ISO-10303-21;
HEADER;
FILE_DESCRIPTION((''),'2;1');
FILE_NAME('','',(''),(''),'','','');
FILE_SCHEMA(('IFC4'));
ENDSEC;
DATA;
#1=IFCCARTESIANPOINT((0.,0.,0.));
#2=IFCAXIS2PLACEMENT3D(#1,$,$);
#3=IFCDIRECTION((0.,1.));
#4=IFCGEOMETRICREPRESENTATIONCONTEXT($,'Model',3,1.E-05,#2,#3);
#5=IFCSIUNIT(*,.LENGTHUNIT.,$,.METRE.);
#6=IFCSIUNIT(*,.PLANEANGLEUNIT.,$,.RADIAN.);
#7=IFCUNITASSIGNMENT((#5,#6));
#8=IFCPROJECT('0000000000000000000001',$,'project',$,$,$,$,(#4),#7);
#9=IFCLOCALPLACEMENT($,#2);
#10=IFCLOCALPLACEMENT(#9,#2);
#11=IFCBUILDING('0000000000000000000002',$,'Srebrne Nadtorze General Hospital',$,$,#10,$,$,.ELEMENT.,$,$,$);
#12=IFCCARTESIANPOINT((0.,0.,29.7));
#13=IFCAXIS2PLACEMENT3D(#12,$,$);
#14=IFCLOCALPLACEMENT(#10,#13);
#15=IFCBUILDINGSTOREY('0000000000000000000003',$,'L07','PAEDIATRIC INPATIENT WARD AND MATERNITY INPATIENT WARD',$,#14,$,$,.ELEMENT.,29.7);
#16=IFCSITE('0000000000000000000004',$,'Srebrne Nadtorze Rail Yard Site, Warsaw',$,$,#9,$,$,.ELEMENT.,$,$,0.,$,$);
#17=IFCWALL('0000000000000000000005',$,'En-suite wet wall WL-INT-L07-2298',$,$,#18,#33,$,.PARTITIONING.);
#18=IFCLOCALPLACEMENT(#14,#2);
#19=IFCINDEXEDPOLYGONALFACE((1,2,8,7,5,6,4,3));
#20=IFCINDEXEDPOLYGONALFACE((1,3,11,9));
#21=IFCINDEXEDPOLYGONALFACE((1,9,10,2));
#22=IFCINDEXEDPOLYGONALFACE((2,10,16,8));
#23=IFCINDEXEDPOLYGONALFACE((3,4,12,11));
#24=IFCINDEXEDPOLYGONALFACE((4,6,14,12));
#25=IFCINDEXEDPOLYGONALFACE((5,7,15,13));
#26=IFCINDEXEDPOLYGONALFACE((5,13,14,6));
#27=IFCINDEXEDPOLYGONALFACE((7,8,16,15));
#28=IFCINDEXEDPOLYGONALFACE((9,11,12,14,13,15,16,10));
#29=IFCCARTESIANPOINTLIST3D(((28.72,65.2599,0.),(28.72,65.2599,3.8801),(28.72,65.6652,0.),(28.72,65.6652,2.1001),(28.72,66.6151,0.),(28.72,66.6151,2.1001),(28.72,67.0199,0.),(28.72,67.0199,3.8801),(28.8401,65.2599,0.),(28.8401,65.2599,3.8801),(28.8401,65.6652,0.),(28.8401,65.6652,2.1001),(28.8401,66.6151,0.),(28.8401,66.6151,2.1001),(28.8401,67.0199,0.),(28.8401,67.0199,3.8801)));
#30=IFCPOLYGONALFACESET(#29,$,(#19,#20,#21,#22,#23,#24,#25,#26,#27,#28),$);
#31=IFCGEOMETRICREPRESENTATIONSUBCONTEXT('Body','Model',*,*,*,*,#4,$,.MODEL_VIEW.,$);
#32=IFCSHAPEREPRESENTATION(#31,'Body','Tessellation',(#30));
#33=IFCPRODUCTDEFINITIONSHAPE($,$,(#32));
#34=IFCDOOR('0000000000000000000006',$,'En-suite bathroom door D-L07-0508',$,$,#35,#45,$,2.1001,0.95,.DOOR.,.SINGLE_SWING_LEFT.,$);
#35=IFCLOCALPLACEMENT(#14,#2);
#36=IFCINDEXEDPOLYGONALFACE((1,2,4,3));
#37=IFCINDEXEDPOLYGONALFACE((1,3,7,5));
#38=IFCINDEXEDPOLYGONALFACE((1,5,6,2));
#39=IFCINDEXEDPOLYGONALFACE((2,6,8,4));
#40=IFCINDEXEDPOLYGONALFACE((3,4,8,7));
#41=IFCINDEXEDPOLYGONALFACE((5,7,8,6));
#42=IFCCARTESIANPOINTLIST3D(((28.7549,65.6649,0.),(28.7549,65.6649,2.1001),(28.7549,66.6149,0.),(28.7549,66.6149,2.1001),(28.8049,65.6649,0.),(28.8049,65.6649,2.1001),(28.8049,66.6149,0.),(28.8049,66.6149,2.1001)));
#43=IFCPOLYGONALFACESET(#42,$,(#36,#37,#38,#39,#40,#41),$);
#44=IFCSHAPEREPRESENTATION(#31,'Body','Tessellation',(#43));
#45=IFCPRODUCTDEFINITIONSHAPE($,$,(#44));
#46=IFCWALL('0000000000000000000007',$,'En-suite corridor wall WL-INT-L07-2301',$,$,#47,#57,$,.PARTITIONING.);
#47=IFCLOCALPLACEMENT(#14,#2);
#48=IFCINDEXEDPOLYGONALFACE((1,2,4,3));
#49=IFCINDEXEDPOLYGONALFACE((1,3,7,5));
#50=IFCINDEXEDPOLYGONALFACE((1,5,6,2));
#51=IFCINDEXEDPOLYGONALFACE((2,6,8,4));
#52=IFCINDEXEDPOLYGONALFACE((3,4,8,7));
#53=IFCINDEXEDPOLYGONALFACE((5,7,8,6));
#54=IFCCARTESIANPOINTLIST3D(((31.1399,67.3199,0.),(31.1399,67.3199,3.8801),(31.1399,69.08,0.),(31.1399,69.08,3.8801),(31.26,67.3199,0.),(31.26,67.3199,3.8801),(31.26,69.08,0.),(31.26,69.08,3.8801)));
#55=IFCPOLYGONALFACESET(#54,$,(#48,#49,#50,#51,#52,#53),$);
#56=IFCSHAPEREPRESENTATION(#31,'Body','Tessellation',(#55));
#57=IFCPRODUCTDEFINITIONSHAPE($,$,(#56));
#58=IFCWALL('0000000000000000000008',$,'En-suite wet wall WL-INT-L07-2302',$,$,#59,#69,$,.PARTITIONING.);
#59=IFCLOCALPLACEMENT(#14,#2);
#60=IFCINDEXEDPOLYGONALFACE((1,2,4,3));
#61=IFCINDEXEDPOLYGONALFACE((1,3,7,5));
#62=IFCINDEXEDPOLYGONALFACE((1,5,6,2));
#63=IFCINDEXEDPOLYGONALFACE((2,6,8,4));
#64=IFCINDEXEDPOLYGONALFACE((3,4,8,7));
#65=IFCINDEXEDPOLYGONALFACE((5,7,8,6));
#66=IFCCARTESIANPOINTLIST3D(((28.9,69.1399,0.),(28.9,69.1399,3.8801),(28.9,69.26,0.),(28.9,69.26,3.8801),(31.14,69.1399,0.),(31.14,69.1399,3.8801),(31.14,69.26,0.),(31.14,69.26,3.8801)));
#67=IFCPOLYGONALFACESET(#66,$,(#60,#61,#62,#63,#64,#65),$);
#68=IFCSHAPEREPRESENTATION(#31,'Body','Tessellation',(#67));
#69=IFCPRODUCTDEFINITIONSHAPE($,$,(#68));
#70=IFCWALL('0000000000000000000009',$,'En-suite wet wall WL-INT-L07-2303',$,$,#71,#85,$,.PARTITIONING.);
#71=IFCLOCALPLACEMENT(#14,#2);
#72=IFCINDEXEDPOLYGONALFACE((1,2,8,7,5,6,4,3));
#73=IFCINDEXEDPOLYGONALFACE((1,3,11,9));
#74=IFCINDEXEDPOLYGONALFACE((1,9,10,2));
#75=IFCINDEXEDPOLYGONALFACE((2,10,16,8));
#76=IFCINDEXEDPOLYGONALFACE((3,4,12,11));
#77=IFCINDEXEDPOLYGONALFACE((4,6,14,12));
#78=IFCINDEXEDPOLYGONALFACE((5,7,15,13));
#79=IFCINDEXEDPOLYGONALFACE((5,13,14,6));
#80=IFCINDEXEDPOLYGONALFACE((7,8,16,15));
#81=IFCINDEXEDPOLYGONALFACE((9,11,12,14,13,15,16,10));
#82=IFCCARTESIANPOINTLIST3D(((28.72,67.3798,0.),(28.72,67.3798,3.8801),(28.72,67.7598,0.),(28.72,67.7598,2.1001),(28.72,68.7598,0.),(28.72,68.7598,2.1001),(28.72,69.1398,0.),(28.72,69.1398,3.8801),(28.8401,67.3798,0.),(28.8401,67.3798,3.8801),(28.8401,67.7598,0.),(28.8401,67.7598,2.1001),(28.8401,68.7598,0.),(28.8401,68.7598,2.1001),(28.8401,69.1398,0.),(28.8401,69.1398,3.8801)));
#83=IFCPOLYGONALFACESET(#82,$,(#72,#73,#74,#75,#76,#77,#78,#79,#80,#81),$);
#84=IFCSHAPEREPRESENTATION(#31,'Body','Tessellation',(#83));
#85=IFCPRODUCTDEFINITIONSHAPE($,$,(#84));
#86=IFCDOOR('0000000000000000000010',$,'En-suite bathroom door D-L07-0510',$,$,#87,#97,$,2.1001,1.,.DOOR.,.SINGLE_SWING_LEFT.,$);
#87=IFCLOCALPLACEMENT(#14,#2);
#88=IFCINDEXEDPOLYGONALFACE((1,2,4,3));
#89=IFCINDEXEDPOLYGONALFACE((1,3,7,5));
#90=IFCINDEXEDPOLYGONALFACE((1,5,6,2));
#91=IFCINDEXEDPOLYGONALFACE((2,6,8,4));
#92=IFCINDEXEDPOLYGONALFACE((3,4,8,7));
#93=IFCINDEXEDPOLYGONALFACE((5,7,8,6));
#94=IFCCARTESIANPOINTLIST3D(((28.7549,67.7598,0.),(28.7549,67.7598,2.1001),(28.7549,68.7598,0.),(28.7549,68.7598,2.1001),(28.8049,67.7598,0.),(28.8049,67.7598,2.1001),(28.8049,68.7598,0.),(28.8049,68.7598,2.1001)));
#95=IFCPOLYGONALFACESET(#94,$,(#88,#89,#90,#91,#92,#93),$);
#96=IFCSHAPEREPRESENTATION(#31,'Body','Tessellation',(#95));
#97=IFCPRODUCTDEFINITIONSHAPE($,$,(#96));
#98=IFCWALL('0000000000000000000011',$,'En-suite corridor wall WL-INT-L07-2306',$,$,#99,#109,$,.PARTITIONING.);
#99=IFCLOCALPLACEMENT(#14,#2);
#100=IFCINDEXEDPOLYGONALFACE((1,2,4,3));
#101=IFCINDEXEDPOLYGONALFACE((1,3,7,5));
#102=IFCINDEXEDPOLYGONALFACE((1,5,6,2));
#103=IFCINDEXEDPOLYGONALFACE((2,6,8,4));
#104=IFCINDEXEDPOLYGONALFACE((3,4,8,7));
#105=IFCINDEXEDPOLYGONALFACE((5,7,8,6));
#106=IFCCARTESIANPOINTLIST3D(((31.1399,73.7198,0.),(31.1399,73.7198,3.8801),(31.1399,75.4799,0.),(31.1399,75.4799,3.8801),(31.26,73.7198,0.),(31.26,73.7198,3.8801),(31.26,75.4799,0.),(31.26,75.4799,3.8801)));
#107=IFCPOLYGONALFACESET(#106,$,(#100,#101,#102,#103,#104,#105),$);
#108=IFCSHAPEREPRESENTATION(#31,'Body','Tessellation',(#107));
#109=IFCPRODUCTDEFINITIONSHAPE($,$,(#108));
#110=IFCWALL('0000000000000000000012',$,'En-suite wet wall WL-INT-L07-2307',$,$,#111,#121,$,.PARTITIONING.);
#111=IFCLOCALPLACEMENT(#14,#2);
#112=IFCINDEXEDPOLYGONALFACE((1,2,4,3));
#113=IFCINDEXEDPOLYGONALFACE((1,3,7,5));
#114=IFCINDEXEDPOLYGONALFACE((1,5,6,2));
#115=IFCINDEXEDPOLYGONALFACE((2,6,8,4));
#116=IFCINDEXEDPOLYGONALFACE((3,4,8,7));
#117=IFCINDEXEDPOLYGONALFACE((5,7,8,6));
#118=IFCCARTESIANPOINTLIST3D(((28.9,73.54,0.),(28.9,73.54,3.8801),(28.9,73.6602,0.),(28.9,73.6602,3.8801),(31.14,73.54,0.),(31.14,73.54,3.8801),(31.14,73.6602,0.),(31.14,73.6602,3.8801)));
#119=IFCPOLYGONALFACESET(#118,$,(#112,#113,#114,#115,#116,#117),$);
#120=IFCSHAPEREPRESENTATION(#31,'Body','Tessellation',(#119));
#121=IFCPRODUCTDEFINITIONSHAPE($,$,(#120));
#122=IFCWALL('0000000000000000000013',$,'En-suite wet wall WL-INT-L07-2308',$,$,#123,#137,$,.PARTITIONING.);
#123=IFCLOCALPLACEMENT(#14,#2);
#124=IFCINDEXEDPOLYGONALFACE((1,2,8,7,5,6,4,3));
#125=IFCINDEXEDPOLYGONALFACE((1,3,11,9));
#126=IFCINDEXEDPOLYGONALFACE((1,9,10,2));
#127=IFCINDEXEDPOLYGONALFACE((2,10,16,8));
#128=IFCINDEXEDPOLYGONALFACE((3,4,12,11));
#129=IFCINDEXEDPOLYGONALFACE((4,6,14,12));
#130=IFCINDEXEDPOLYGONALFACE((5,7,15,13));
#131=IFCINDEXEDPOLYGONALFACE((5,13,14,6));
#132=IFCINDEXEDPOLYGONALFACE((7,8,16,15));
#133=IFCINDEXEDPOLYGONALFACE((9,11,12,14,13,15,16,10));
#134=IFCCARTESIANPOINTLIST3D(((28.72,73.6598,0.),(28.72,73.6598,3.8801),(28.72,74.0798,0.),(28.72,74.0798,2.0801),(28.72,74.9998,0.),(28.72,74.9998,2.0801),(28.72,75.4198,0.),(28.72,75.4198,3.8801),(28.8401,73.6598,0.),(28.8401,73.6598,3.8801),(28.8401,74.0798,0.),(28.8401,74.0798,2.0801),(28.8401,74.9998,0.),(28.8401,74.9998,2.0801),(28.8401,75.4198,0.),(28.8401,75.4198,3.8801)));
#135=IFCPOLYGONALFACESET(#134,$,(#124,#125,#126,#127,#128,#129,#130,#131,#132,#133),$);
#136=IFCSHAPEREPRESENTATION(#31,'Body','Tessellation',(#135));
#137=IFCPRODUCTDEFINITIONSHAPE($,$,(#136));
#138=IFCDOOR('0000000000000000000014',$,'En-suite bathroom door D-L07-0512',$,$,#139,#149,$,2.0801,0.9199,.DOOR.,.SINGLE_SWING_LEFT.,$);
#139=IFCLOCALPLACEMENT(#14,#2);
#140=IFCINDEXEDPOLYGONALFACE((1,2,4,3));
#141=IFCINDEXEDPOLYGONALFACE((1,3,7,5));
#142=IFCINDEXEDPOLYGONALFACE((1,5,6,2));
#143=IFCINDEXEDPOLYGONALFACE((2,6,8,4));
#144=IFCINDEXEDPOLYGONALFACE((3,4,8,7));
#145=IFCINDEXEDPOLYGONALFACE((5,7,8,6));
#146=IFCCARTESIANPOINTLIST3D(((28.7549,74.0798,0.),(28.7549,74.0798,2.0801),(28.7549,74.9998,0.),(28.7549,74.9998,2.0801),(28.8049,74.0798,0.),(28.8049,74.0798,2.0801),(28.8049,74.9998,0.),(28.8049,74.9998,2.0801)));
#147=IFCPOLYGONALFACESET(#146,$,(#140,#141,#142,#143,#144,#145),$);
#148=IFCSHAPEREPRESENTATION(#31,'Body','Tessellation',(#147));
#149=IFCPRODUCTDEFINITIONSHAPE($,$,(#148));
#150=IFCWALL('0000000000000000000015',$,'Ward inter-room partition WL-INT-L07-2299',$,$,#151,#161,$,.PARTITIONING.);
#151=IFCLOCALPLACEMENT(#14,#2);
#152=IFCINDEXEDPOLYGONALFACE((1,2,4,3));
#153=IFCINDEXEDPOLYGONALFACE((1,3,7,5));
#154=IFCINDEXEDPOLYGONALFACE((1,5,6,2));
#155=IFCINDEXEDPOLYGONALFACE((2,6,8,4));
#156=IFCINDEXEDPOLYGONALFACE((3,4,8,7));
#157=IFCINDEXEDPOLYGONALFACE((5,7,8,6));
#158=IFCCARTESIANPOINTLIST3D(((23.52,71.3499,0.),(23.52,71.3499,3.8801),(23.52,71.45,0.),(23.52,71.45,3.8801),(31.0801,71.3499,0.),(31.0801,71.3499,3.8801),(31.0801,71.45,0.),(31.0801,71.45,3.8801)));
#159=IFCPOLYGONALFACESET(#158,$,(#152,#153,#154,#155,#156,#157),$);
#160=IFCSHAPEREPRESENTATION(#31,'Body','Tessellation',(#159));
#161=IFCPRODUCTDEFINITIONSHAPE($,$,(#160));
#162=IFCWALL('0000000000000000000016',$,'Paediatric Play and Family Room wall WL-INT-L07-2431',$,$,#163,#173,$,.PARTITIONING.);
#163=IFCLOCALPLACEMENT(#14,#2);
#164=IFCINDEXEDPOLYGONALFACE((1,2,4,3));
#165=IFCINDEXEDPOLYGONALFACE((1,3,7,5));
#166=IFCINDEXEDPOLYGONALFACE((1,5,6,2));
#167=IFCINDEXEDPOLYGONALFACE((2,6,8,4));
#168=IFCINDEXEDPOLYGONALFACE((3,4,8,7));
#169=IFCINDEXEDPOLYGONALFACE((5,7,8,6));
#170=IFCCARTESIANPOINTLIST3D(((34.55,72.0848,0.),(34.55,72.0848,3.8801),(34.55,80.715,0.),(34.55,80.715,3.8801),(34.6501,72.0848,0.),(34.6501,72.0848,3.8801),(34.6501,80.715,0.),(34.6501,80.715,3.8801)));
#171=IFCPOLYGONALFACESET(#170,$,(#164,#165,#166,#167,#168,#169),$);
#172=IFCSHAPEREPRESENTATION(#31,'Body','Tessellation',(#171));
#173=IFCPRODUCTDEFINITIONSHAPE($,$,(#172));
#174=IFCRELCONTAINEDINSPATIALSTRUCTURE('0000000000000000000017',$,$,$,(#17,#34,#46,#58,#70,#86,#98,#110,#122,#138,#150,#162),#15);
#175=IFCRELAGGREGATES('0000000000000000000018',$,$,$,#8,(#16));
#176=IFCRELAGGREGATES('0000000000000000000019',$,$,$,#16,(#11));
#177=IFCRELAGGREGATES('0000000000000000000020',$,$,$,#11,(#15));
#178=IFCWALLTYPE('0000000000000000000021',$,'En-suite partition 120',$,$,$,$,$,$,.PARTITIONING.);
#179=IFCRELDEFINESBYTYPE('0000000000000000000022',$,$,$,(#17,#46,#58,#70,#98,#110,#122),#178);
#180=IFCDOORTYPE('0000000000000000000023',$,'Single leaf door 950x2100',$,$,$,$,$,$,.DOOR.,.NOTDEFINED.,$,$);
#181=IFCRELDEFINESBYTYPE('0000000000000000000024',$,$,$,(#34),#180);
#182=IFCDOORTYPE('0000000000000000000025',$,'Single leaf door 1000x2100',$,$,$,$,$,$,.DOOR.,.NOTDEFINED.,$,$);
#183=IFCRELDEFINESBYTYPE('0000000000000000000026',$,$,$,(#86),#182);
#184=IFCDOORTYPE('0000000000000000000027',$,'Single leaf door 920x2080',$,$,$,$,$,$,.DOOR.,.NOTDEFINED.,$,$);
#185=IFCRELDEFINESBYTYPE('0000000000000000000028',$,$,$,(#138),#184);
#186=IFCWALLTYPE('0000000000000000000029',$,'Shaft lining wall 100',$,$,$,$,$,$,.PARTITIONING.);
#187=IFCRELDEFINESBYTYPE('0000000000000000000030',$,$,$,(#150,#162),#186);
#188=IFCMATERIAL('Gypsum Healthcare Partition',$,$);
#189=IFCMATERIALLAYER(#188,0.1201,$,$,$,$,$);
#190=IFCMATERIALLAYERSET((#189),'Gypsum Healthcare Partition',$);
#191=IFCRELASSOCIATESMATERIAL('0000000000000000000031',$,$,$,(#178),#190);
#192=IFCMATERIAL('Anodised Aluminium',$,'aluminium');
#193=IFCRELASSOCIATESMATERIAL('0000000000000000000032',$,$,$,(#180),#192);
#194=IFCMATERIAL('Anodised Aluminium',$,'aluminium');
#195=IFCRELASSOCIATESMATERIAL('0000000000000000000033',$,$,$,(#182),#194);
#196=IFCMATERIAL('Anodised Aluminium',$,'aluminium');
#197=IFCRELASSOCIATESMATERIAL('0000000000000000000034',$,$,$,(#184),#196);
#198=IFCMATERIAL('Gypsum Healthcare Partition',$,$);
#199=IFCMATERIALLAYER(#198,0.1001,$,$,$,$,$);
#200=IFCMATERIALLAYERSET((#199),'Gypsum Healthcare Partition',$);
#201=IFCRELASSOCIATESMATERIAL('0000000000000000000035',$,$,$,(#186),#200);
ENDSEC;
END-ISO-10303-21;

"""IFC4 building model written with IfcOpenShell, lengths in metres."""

from ifc_helpers import new_model, si_unit, direction, frame, frame_2d, origin, place, context, subcontext, project, spatial, rectangle, extrude, material, layer, layer_set, type_object, element, fill, save


model = new_model("IFC4")

# Units and contexts
model_context = context("Model", 3, precision=1e-05, world=origin(), true_north=direction((0.0, 1.0)))
body_context = subcontext(model_context, "Body", "Model", "MODEL_VIEW")
ifc_project = project(units=[si_unit("LENGTHUNIT", "METRE"), si_unit("PLANEANGLEUNIT", "RADIAN")], contexts=[model_context])

# Site, building, storey
site_placement = place(None, origin())
site = spatial("IfcSite", under=ifc_project, at=site_placement, Name="Srebrne Nadtorze Rail Yard Site, Warsaw", CompositionType="ELEMENT", RefElevation=0.0)
building_placement = place(site_placement, origin())
building = spatial("IfcBuilding", under=site, at=building_placement, Name="Srebrne Nadtorze General Hospital", CompositionType="ELEMENT")
storey_placement = place(building_placement, frame((0.0, 0.0, 29.7)))
storey = spatial("IfcBuildingStorey", under=building, at=storey_placement, Name="L07", Description="PAEDIATRIC INPATIENT WARD AND MATERNITY INPATIENT WARD", CompositionType="ELEMENT", Elevation=29.7)

# Shared definitions
ifc_material_1 = material(Name="Gypsum Healthcare Partition")
ifc_layer_1 = layer(ifc_material_1, 0.1201)
ifc_layer_set_1 = layer_set([ifc_layer_1], Name="Gypsum Healthcare Partition")
wall_type_1 = type_object("IfcWallType", Name="En-suite partition 120", PredefinedType="PARTITIONING", material=ifc_layer_set_1)

# Wall, opening, door
wall_1_placement = place(storey_placement, frame((28.78, 65.26, 0.0), z_axis=(0.0, 0.0, 1.0), x_axis=(0.0, 1.0, 0.0)))
wall_1 = element("IfcWall", 1, at=wall_1_placement, inside=storey, type_object=wall_type_1, Name="En-suite wet wall WL-INT-L07-2298", PredefinedType="PARTITIONING", context=body_context, shape_type="SweptSolid", body=[
    extrude(rectangle(XDim=1.76, YDim=0.1201, at=frame_2d((0.8799, 0.0))), origin(), (0.0, 0.0, 1.0), 3.8801),
])
opening_1_placement = place(wall_1_placement, frame((0.405, 0.0, 0.0)))
opening_1 = element("IfcOpeningElement", 2, at=opening_1_placement, cuts=wall_1, PredefinedType="OPENING", context=body_context, shape_type="SweptSolid", body=[
    extrude(rectangle(XDim=0.95, YDim=2.1001, at=frame_2d((0.4751, 1.05))), frame((0.0, 0.072, 0.0), z_axis=(0.0, -1.0, 0.0), x_axis=(1.0, 0.0, 0.0)), (0.0, 0.0, 1.0), 0.144),
])
ifc_material_2 = material(Name="Anodised Aluminium", Category="aluminium")
door_type_1 = type_object("IfcDoorType", Name="Single leaf door 950x2100", OperationType="NOTDEFINED", PredefinedType="DOOR", material=ifc_material_2)
door_1_placement = place(opening_1_placement, frame((0.95, 0.0, 0.0), z_axis=(0.0, 0.0, 1.0), x_axis=(-1.0, 0.0, 0.0)))
door_1 = element("IfcDoor", 3, at=door_1_placement, inside=storey, type_object=door_type_1, Name="En-suite bathroom door D-L07-0508", OperationType="SINGLE_SWING_LEFT", OverallHeight=2.1001, OverallWidth=0.95, PredefinedType="DOOR", context=body_context, shape_type="SweptSolid", body=[
    extrude(rectangle(XDim=0.95, YDim=2.1001, at=frame_2d((0.4751, 1.05))), frame((0.0, 0.0249, 0.0), z_axis=(0.0, -1.0, 0.0), x_axis=(1.0, 0.0, 0.0)), (0.0, 0.0, 1.0), 0.05),
])
fill(opening_1, door_1)

# Walls
wall_2_placement = place(storey_placement, frame((31.2, 67.3201, 0.0), z_axis=(0.0, 0.0, 1.0), x_axis=(0.0, 1.0, 0.0)))
element("IfcWall", 4, at=wall_2_placement, inside=storey, type_object=wall_type_1, Name="En-suite corridor wall WL-INT-L07-2301", PredefinedType="PARTITIONING", context=body_context, shape_type="SweptSolid", body=[
    extrude(rectangle(XDim=1.76, YDim=0.1201, at=frame_2d((0.8799, 0.0))), origin(), (0.0, 0.0, 1.0), 3.8801),
])
wall_3_placement = place(storey_placement, frame((28.8999, 69.2, 0.0), z_axis=(0.0, 0.0, 1.0), x_axis=(1.0, 0.0, 0.0)))
element("IfcWall", 5, at=wall_3_placement, inside=storey, type_object=wall_type_1, Name="En-suite wet wall WL-INT-L07-2302", PredefinedType="PARTITIONING", context=body_context, shape_type="SweptSolid", body=[
    extrude(rectangle(XDim=2.24, YDim=0.1201, at=frame_2d((1.1201, 0.0))), origin(), (0.0, 0.0, 1.0), 3.8801),
])

# Wall, opening, door
wall_4_placement = place(storey_placement, frame((28.78, 67.3799, 0.0), z_axis=(0.0, 0.0, 1.0), x_axis=(0.0, 1.0, 0.0)))
wall_4 = element("IfcWall", 6, at=wall_4_placement, inside=storey, type_object=wall_type_1, Name="En-suite wet wall WL-INT-L07-2303", PredefinedType="PARTITIONING", context=body_context, shape_type="SweptSolid", body=[
    extrude(rectangle(XDim=1.76, YDim=0.1201, at=frame_2d((0.8799, 0.0))), origin(), (0.0, 0.0, 1.0), 3.8801),
])
opening_2_placement = place(wall_4_placement, frame((0.3799, 0.0, 0.0)))
opening_2 = element("IfcOpeningElement", 7, at=opening_2_placement, cuts=wall_4, PredefinedType="OPENING", context=body_context, shape_type="SweptSolid", body=[
    extrude(rectangle(XDim=1.0, YDim=2.1001, at=frame_2d((0.5, 1.05))), frame((0.0, 0.072, 0.0), z_axis=(0.0, -1.0, 0.0), x_axis=(1.0, 0.0, 0.0)), (0.0, 0.0, 1.0), 0.144),
])
ifc_material_3 = material(Name="Anodised Aluminium", Category="aluminium")
door_type_2 = type_object("IfcDoorType", Name="Single leaf door 1000x2100", OperationType="NOTDEFINED", PredefinedType="DOOR", material=ifc_material_3)
door_2_placement = place(opening_2_placement, frame((1.0, 0.0, 0.0), z_axis=(0.0, 0.0, 1.0), x_axis=(-1.0, 0.0, 0.0)))
door_2 = element("IfcDoor", 8, at=door_2_placement, inside=storey, type_object=door_type_2, Name="En-suite bathroom door D-L07-0510", OperationType="SINGLE_SWING_LEFT", OverallHeight=2.1001, OverallWidth=1.0, PredefinedType="DOOR", context=body_context, shape_type="SweptSolid", body=[
    extrude(rectangle(XDim=1.0, YDim=2.1001, at=frame_2d((0.5, 1.05))), frame((0.0, 0.0249, 0.0), z_axis=(0.0, -1.0, 0.0), x_axis=(1.0, 0.0, 0.0)), (0.0, 0.0, 1.0), 0.05),
])
fill(opening_2, door_2)

# Walls
wall_5_placement = place(storey_placement, frame((31.2, 73.72, 0.0), z_axis=(0.0, 0.0, 1.0), x_axis=(0.0, 1.0, 0.0)))
element("IfcWall", 9, at=wall_5_placement, inside=storey, type_object=wall_type_1, Name="En-suite corridor wall WL-INT-L07-2306", PredefinedType="PARTITIONING", context=body_context, shape_type="SweptSolid", body=[
    extrude(rectangle(XDim=1.76, YDim=0.1201, at=frame_2d((0.8799, 0.0))), origin(), (0.0, 0.0, 1.0), 3.8801),
])
wall_6_placement = place(storey_placement, frame((28.8999, 73.6001, 0.0), z_axis=(0.0, 0.0, 1.0), x_axis=(1.0, 0.0, 0.0)))
element("IfcWall", 10, at=wall_6_placement, inside=storey, type_object=wall_type_1, Name="En-suite wet wall WL-INT-L07-2307", PredefinedType="PARTITIONING", context=body_context, shape_type="SweptSolid", body=[
    extrude(rectangle(XDim=2.24, YDim=0.1201, at=frame_2d((1.1201, 0.0))), origin(), (0.0, 0.0, 1.0), 3.8801),
])

# Wall, opening, door
wall_7_placement = place(storey_placement, frame((28.78, 73.6599, 0.0), z_axis=(0.0, 0.0, 1.0), x_axis=(0.0, 1.0, 0.0)))
wall_7 = element("IfcWall", 11, at=wall_7_placement, inside=storey, type_object=wall_type_1, Name="En-suite wet wall WL-INT-L07-2308", PredefinedType="PARTITIONING", context=body_context, shape_type="SweptSolid", body=[
    extrude(rectangle(XDim=1.76, YDim=0.1201, at=frame_2d((0.8799, 0.0))), origin(), (0.0, 0.0, 1.0), 3.8801),
])
opening_3_placement = place(wall_7_placement, frame((0.4199, 0.0, 0.0)))
opening_3 = element("IfcOpeningElement", 12, at=opening_3_placement, cuts=wall_7, PredefinedType="OPENING", context=body_context, shape_type="SweptSolid", body=[
    extrude(rectangle(XDim=0.9199, YDim=2.0801, at=frame_2d((0.46, 1.04))), frame((0.0, 0.072, 0.0), z_axis=(0.0, -1.0, 0.0), x_axis=(1.0, 0.0, 0.0)), (0.0, 0.0, 1.0), 0.144),
])
ifc_material_4 = material(Name="Anodised Aluminium", Category="aluminium")
door_type_3 = type_object("IfcDoorType", Name="Single leaf door 920x2080", OperationType="NOTDEFINED", PredefinedType="DOOR", material=ifc_material_4)
door_3_placement = place(opening_3_placement, frame((0.9199, 0.0, 0.0), z_axis=(0.0, 0.0, 1.0), x_axis=(-1.0, 0.0, 0.0)))
door_3 = element("IfcDoor", 13, at=door_3_placement, inside=storey, type_object=door_type_3, Name="En-suite bathroom door D-L07-0512", OperationType="SINGLE_SWING_LEFT", OverallHeight=2.0801, OverallWidth=0.9199, PredefinedType="DOOR", context=body_context, shape_type="SweptSolid", body=[
    extrude(rectangle(XDim=0.9199, YDim=2.0801, at=frame_2d((0.46, 1.04))), frame((0.0, 0.0249, 0.0), z_axis=(0.0, -1.0, 0.0), x_axis=(1.0, 0.0, 0.0)), (0.0, 0.0, 1.0), 0.05),
])
fill(opening_3, door_3)

# Walls
ifc_material_5 = material(Name="Gypsum Healthcare Partition")
ifc_layer_2 = layer(ifc_material_5, 0.1001)
ifc_layer_set_2 = layer_set([ifc_layer_2], Name="Gypsum Healthcare Partition")
wall_type_2 = type_object("IfcWallType", Name="Shaft lining wall 100", PredefinedType="PARTITIONING", material=ifc_layer_set_2)
wall_8_placement = place(storey_placement, frame((23.52, 71.3999, 0.0), z_axis=(0.0, 0.0, 1.0), x_axis=(1.0, 0.0, 0.0)))
element("IfcWall", 14, at=wall_8_placement, inside=storey, type_object=wall_type_2, Name="Ward inter-room partition WL-INT-L07-2299", PredefinedType="PARTITIONING", context=body_context, shape_type="SweptSolid", body=[
    extrude(rectangle(XDim=7.5601, YDim=0.1001, at=frame_2d((3.78, 0.0))), origin(), (0.0, 0.0, 1.0), 3.8801),
])
wall_9_placement = place(storey_placement, frame((34.6001, 72.085, 0.0), z_axis=(0.0, 0.0, 1.0), x_axis=(0.0, 1.0, 0.0)))
element("IfcWall", 15, at=wall_9_placement, inside=storey, type_object=wall_type_2, Name="Paediatric Play and Family Room wall WL-INT-L07-2431", PredefinedType="PARTITIONING", context=body_context, shape_type="SweptSolid", body=[
    extrude(rectangle(XDim=8.6301, YDim=0.1001, at=frame_2d((4.3149, 0.0))), origin(), (0.0, 0.0, 1.0), 3.8801),
])

save(model, "model.ifc")
